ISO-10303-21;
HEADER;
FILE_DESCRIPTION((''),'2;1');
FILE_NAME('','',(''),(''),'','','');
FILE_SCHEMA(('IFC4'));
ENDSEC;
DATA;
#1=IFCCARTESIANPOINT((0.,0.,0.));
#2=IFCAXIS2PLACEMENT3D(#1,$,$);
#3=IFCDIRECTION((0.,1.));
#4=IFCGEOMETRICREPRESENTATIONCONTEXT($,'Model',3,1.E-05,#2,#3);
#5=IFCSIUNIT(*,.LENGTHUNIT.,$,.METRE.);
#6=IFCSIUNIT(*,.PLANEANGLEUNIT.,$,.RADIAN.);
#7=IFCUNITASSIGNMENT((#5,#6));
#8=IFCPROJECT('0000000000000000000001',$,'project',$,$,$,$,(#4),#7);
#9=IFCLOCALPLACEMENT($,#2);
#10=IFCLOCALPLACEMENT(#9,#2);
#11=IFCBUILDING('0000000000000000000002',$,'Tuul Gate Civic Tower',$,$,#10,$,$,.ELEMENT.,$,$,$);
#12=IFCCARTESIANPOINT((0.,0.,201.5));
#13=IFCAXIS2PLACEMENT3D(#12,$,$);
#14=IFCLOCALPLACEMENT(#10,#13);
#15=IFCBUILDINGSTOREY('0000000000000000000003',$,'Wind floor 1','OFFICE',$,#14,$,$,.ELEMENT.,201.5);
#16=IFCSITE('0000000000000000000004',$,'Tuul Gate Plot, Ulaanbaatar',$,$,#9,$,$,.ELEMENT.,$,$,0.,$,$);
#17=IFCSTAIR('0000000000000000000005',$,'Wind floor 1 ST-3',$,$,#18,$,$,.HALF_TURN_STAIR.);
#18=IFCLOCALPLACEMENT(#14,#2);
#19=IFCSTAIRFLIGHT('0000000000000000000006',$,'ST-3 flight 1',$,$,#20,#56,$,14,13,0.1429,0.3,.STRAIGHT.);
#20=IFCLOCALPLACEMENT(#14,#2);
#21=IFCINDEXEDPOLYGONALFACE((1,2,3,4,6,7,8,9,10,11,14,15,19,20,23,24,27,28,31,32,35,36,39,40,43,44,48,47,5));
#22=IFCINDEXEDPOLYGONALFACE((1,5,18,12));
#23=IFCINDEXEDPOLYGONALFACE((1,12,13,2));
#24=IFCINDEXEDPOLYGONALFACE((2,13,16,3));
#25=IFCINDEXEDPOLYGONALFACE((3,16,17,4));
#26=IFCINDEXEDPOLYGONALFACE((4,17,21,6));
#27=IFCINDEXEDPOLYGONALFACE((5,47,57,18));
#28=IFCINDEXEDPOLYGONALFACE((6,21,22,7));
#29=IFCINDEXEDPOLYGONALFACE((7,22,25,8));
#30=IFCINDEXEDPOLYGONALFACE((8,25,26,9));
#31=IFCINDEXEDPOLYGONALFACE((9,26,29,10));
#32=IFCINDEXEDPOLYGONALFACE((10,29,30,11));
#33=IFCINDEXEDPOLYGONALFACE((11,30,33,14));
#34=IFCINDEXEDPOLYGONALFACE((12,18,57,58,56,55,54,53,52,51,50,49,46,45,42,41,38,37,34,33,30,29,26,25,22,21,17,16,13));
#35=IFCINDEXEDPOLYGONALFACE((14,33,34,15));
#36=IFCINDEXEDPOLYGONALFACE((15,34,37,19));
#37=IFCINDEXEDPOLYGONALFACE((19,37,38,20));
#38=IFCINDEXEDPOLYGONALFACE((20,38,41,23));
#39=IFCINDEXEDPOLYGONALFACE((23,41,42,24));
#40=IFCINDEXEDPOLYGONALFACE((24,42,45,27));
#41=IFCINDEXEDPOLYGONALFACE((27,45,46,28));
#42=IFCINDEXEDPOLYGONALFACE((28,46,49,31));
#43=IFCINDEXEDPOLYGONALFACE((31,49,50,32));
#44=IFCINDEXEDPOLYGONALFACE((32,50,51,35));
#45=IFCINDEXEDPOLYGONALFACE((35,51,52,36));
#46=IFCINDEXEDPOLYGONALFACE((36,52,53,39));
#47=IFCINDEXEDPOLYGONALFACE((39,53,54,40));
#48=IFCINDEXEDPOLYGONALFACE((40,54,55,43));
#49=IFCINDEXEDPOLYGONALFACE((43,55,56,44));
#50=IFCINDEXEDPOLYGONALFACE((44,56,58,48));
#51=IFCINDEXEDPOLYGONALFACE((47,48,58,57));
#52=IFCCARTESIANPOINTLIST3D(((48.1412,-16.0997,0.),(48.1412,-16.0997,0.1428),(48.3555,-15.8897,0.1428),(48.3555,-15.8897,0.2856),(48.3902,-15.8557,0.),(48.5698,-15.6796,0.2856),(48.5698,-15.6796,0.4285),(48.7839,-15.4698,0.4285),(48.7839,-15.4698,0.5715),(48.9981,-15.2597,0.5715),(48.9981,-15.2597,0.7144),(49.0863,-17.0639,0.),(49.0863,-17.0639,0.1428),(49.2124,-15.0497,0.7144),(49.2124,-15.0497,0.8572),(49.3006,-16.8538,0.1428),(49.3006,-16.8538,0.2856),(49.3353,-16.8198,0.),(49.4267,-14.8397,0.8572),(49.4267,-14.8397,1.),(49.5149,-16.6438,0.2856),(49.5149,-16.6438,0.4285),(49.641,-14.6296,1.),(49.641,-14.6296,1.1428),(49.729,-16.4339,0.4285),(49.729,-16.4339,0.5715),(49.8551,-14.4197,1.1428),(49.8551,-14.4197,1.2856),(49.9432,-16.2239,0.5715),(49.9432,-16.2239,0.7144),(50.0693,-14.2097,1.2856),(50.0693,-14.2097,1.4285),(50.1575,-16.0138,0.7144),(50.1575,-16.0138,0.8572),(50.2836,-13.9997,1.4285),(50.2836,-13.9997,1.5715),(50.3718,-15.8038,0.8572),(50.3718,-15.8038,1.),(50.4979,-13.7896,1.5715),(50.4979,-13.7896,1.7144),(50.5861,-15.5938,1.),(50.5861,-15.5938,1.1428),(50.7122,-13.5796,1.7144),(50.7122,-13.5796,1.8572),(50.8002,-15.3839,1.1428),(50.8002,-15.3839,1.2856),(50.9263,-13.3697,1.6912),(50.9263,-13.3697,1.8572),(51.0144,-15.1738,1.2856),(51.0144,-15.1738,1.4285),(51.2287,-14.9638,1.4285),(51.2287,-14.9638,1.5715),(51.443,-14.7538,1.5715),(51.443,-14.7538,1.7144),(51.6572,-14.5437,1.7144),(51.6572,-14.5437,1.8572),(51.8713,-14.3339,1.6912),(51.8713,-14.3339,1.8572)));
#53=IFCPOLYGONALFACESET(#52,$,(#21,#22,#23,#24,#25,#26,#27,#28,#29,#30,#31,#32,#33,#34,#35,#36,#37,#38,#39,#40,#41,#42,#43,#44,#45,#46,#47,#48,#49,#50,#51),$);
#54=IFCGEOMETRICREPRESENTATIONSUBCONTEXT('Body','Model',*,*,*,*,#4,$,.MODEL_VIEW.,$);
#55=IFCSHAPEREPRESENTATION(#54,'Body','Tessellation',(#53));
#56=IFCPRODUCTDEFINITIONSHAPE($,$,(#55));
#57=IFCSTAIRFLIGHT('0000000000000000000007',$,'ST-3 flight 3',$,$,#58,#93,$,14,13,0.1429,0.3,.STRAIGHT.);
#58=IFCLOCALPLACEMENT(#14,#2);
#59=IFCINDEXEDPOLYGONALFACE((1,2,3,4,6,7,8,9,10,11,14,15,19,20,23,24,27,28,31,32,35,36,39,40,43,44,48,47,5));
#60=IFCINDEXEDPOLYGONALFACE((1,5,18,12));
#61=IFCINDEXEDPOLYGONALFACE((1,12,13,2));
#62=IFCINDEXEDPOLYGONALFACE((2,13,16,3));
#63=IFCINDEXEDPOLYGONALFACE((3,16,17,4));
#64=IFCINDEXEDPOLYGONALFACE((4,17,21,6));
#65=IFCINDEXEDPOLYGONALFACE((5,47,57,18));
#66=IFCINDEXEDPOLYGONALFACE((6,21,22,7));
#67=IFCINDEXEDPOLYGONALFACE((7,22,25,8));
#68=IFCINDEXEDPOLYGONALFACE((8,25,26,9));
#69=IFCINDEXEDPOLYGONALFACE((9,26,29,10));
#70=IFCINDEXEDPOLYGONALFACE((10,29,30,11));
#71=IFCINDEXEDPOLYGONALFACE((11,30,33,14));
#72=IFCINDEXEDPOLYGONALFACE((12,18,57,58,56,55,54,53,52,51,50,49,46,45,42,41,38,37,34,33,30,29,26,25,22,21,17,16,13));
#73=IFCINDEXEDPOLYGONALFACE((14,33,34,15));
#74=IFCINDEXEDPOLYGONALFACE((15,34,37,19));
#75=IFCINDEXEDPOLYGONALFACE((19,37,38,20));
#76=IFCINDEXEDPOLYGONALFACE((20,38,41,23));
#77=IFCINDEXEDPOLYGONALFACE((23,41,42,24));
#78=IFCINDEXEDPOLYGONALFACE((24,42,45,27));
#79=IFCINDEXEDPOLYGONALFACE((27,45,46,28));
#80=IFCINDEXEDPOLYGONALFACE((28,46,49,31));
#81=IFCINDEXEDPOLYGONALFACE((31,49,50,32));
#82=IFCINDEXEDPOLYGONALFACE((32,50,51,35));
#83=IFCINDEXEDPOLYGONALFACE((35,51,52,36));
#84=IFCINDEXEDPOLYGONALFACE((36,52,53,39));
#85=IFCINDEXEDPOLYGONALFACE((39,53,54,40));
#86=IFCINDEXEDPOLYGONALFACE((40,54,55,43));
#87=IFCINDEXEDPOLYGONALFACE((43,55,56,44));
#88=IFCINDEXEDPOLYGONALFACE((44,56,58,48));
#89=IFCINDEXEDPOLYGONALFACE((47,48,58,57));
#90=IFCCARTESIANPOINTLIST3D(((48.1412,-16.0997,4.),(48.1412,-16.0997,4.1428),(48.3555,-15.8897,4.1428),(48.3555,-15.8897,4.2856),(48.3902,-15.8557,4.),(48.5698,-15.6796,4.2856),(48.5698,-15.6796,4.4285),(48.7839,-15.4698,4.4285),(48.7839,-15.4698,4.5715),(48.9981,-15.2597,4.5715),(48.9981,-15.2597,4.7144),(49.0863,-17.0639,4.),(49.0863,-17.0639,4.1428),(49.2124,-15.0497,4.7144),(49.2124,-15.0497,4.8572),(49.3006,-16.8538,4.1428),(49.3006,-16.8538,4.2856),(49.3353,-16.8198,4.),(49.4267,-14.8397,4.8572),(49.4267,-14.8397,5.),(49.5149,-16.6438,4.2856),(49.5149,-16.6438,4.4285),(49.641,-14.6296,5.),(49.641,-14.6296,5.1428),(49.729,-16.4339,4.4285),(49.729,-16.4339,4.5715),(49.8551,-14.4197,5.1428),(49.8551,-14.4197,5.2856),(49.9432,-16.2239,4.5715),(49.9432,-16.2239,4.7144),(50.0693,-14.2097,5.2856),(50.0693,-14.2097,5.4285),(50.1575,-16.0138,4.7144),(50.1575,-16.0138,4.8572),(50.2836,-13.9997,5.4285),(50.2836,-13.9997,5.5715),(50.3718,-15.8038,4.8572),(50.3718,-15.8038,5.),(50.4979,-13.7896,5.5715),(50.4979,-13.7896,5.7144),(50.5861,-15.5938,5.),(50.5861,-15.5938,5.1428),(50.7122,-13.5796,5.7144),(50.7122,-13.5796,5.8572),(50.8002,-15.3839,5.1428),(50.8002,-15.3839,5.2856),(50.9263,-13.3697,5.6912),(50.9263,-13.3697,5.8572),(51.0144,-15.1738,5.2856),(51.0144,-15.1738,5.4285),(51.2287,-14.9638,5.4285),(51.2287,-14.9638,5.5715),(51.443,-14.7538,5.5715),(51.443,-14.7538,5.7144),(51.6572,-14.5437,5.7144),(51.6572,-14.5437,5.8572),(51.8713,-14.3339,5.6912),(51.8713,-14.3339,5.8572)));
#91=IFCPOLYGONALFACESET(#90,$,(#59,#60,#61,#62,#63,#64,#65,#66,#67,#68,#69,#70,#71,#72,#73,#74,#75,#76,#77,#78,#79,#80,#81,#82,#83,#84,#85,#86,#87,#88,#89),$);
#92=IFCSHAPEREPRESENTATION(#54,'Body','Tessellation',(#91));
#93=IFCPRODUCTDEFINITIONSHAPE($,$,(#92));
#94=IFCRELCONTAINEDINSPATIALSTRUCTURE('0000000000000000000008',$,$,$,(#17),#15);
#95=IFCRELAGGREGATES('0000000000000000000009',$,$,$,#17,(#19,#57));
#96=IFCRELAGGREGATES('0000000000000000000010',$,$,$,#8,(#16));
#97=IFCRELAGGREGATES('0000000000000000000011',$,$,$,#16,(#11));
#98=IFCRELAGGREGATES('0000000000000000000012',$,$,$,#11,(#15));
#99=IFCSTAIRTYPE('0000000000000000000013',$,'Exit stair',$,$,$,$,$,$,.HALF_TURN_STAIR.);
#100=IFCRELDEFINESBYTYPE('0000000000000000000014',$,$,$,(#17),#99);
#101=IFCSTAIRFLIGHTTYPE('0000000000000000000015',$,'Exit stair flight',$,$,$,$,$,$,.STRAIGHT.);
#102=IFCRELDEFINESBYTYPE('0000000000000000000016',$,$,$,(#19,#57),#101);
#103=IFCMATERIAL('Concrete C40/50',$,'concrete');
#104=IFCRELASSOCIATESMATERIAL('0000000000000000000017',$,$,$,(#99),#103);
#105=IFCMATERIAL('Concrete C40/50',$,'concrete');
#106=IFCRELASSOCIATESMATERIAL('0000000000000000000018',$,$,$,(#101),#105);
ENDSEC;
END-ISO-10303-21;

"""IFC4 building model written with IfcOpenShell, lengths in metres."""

from ifc_helpers import new_model, si_unit, direction, frame, origin, place, context, subcontext, project, spatial, polyline, outline, extrude, material, type_object, element, aggregate, save


model = new_model("IFC4")

# Units and contexts
model_context = context("Model", 3, precision=1e-05, world=origin(), true_north=direction((0.0, 1.0)))
body_context = subcontext(model_context, "Body", "Model", "MODEL_VIEW")
ifc_project = project(units=[si_unit("LENGTHUNIT", "METRE"), si_unit("PLANEANGLEUNIT", "RADIAN")], contexts=[model_context])

# Site, building, storey
site_placement = place(None, origin())
site = spatial("IfcSite", under=ifc_project, at=site_placement, Name="Tuul Gate Plot, Ulaanbaatar", CompositionType="ELEMENT", RefElevation=0.0)
building_placement = place(site_placement, origin())
building = spatial("IfcBuilding", under=site, at=building_placement, Name="Tuul Gate Civic Tower", CompositionType="ELEMENT")
storey_placement = place(building_placement, frame((0.0, 0.0, 201.5)))
storey = spatial("IfcBuildingStorey", under=building, at=storey_placement, Name="Wind floor 1", Description="OFFICE", CompositionType="ELEMENT", Elevation=201.5)

# Stair, stair flights
ifc_material_1 = material(Name="Concrete C40/50", Category="concrete")
stair_type = type_object("IfcStairType", Name="Exit stair", PredefinedType="HALF_TURN_STAIR", material=ifc_material_1)
stair_placement = place(storey_placement, origin())
stair = element("IfcStair", 1, at=stair_placement, inside=storey, type_object=stair_type, Name="Wind floor 1 ST-3", PredefinedType="HALF_TURN_STAIR")
ifc_material_2 = material(Name="Concrete C40/50", Category="concrete")
stair_flight_type = type_object("IfcStairFlightType", Name="Exit stair flight", PredefinedType="STRAIGHT", material=ifc_material_2)
stair_flight_1_placement = place(storey_placement, frame((48.6138, -16.5818, 0.0), z_axis=(0.0, 0.0, 1.0), x_axis=(0.714127, 0.700016, 0.0)))
stair_flight_1 = element("IfcStairFlight", 2, at=stair_flight_1_placement, type_object=stair_flight_type, Name="ST-3 flight 1", NumberOfRisers=14, NumberOfTreads=13, PredefinedType="STRAIGHT", RiserHeight=0.1429, TreadLength=0.3, context=body_context, shape_type="SweptSolid", body=[
    extrude(outline(polyline([(0.0, 0.0), (0.0, 0.1428), (0.3, 0.1428), (0.3, 0.2856), (0.6001, 0.2856), (0.6001, 0.4285), (0.8999, 0.4285), (0.8999, 0.5715), (1.2, 0.5715), (1.2, 0.7144), (1.5, 0.7144), (1.5, 0.8572), (1.8, 0.8572), (1.8, 1.0), (2.1001, 1.0), (2.1001, 1.1428), (2.3999, 1.1428), (2.3999, 1.2856), (2.7, 1.2856), (2.7, 1.4285), (3.0, 1.4285), (3.0, 1.5715), (3.3, 1.5715), (3.3, 1.7144), (3.6001, 1.7144), (3.6001, 1.8572), (3.8999, 1.8572), (3.8999, 2.0), (3.8999, 1.6912), (0.3486, 0.0), (0.0, 0.0)])), frame((0.0, 0.675, 0.0), z_axis=(0.0, -1.0, 0.0), x_axis=(1.0, 0.0, 0.0)), (0.0, 0.0, 1.0), 1.3501),
])
stair_flight_2_placement = place(storey_placement, frame((48.6138, -16.5818, 4.0), z_axis=(0.0, 0.0, 1.0), x_axis=(0.714127, 0.700016, 0.0)))
stair_flight_2 = element("IfcStairFlight", 3, at=stair_flight_2_placement, type_object=stair_flight_type, Name="ST-3 flight 3", NumberOfRisers=14, NumberOfTreads=13, PredefinedType="STRAIGHT", RiserHeight=0.1429, TreadLength=0.3, context=body_context, shape_type="SweptSolid", body=[
    extrude(outline(polyline([(0.0, 0.0), (0.0, 0.1428), (0.3, 0.1428), (0.3, 0.2856), (0.6001, 0.2856), (0.6001, 0.4285), (0.8999, 0.4285), (0.8999, 0.5715), (1.2, 0.5715), (1.2, 0.7144), (1.5, 0.7144), (1.5, 0.8572), (1.8, 0.8572), (1.8, 1.0), (2.1001, 1.0), (2.1001, 1.1428), (2.3999, 1.1428), (2.3999, 1.2856), (2.7, 1.2856), (2.7, 1.4285), (3.0, 1.4285), (3.0, 1.5715), (3.3, 1.5715), (3.3, 1.7144), (3.6001, 1.7144), (3.6001, 1.8572), (3.8999, 1.8572), (3.8999, 2.0), (3.8999, 1.6912), (0.3486, 0.0), (0.0, 0.0)])), frame((0.0, 0.675, 0.0), z_axis=(0.0, -1.0, 0.0), x_axis=(1.0, 0.0, 0.0)), (0.0, 0.0, 1.0), 1.3501),
])
aggregate(stair, [stair_flight_1, stair_flight_2])

save(model, "model.ifc")
